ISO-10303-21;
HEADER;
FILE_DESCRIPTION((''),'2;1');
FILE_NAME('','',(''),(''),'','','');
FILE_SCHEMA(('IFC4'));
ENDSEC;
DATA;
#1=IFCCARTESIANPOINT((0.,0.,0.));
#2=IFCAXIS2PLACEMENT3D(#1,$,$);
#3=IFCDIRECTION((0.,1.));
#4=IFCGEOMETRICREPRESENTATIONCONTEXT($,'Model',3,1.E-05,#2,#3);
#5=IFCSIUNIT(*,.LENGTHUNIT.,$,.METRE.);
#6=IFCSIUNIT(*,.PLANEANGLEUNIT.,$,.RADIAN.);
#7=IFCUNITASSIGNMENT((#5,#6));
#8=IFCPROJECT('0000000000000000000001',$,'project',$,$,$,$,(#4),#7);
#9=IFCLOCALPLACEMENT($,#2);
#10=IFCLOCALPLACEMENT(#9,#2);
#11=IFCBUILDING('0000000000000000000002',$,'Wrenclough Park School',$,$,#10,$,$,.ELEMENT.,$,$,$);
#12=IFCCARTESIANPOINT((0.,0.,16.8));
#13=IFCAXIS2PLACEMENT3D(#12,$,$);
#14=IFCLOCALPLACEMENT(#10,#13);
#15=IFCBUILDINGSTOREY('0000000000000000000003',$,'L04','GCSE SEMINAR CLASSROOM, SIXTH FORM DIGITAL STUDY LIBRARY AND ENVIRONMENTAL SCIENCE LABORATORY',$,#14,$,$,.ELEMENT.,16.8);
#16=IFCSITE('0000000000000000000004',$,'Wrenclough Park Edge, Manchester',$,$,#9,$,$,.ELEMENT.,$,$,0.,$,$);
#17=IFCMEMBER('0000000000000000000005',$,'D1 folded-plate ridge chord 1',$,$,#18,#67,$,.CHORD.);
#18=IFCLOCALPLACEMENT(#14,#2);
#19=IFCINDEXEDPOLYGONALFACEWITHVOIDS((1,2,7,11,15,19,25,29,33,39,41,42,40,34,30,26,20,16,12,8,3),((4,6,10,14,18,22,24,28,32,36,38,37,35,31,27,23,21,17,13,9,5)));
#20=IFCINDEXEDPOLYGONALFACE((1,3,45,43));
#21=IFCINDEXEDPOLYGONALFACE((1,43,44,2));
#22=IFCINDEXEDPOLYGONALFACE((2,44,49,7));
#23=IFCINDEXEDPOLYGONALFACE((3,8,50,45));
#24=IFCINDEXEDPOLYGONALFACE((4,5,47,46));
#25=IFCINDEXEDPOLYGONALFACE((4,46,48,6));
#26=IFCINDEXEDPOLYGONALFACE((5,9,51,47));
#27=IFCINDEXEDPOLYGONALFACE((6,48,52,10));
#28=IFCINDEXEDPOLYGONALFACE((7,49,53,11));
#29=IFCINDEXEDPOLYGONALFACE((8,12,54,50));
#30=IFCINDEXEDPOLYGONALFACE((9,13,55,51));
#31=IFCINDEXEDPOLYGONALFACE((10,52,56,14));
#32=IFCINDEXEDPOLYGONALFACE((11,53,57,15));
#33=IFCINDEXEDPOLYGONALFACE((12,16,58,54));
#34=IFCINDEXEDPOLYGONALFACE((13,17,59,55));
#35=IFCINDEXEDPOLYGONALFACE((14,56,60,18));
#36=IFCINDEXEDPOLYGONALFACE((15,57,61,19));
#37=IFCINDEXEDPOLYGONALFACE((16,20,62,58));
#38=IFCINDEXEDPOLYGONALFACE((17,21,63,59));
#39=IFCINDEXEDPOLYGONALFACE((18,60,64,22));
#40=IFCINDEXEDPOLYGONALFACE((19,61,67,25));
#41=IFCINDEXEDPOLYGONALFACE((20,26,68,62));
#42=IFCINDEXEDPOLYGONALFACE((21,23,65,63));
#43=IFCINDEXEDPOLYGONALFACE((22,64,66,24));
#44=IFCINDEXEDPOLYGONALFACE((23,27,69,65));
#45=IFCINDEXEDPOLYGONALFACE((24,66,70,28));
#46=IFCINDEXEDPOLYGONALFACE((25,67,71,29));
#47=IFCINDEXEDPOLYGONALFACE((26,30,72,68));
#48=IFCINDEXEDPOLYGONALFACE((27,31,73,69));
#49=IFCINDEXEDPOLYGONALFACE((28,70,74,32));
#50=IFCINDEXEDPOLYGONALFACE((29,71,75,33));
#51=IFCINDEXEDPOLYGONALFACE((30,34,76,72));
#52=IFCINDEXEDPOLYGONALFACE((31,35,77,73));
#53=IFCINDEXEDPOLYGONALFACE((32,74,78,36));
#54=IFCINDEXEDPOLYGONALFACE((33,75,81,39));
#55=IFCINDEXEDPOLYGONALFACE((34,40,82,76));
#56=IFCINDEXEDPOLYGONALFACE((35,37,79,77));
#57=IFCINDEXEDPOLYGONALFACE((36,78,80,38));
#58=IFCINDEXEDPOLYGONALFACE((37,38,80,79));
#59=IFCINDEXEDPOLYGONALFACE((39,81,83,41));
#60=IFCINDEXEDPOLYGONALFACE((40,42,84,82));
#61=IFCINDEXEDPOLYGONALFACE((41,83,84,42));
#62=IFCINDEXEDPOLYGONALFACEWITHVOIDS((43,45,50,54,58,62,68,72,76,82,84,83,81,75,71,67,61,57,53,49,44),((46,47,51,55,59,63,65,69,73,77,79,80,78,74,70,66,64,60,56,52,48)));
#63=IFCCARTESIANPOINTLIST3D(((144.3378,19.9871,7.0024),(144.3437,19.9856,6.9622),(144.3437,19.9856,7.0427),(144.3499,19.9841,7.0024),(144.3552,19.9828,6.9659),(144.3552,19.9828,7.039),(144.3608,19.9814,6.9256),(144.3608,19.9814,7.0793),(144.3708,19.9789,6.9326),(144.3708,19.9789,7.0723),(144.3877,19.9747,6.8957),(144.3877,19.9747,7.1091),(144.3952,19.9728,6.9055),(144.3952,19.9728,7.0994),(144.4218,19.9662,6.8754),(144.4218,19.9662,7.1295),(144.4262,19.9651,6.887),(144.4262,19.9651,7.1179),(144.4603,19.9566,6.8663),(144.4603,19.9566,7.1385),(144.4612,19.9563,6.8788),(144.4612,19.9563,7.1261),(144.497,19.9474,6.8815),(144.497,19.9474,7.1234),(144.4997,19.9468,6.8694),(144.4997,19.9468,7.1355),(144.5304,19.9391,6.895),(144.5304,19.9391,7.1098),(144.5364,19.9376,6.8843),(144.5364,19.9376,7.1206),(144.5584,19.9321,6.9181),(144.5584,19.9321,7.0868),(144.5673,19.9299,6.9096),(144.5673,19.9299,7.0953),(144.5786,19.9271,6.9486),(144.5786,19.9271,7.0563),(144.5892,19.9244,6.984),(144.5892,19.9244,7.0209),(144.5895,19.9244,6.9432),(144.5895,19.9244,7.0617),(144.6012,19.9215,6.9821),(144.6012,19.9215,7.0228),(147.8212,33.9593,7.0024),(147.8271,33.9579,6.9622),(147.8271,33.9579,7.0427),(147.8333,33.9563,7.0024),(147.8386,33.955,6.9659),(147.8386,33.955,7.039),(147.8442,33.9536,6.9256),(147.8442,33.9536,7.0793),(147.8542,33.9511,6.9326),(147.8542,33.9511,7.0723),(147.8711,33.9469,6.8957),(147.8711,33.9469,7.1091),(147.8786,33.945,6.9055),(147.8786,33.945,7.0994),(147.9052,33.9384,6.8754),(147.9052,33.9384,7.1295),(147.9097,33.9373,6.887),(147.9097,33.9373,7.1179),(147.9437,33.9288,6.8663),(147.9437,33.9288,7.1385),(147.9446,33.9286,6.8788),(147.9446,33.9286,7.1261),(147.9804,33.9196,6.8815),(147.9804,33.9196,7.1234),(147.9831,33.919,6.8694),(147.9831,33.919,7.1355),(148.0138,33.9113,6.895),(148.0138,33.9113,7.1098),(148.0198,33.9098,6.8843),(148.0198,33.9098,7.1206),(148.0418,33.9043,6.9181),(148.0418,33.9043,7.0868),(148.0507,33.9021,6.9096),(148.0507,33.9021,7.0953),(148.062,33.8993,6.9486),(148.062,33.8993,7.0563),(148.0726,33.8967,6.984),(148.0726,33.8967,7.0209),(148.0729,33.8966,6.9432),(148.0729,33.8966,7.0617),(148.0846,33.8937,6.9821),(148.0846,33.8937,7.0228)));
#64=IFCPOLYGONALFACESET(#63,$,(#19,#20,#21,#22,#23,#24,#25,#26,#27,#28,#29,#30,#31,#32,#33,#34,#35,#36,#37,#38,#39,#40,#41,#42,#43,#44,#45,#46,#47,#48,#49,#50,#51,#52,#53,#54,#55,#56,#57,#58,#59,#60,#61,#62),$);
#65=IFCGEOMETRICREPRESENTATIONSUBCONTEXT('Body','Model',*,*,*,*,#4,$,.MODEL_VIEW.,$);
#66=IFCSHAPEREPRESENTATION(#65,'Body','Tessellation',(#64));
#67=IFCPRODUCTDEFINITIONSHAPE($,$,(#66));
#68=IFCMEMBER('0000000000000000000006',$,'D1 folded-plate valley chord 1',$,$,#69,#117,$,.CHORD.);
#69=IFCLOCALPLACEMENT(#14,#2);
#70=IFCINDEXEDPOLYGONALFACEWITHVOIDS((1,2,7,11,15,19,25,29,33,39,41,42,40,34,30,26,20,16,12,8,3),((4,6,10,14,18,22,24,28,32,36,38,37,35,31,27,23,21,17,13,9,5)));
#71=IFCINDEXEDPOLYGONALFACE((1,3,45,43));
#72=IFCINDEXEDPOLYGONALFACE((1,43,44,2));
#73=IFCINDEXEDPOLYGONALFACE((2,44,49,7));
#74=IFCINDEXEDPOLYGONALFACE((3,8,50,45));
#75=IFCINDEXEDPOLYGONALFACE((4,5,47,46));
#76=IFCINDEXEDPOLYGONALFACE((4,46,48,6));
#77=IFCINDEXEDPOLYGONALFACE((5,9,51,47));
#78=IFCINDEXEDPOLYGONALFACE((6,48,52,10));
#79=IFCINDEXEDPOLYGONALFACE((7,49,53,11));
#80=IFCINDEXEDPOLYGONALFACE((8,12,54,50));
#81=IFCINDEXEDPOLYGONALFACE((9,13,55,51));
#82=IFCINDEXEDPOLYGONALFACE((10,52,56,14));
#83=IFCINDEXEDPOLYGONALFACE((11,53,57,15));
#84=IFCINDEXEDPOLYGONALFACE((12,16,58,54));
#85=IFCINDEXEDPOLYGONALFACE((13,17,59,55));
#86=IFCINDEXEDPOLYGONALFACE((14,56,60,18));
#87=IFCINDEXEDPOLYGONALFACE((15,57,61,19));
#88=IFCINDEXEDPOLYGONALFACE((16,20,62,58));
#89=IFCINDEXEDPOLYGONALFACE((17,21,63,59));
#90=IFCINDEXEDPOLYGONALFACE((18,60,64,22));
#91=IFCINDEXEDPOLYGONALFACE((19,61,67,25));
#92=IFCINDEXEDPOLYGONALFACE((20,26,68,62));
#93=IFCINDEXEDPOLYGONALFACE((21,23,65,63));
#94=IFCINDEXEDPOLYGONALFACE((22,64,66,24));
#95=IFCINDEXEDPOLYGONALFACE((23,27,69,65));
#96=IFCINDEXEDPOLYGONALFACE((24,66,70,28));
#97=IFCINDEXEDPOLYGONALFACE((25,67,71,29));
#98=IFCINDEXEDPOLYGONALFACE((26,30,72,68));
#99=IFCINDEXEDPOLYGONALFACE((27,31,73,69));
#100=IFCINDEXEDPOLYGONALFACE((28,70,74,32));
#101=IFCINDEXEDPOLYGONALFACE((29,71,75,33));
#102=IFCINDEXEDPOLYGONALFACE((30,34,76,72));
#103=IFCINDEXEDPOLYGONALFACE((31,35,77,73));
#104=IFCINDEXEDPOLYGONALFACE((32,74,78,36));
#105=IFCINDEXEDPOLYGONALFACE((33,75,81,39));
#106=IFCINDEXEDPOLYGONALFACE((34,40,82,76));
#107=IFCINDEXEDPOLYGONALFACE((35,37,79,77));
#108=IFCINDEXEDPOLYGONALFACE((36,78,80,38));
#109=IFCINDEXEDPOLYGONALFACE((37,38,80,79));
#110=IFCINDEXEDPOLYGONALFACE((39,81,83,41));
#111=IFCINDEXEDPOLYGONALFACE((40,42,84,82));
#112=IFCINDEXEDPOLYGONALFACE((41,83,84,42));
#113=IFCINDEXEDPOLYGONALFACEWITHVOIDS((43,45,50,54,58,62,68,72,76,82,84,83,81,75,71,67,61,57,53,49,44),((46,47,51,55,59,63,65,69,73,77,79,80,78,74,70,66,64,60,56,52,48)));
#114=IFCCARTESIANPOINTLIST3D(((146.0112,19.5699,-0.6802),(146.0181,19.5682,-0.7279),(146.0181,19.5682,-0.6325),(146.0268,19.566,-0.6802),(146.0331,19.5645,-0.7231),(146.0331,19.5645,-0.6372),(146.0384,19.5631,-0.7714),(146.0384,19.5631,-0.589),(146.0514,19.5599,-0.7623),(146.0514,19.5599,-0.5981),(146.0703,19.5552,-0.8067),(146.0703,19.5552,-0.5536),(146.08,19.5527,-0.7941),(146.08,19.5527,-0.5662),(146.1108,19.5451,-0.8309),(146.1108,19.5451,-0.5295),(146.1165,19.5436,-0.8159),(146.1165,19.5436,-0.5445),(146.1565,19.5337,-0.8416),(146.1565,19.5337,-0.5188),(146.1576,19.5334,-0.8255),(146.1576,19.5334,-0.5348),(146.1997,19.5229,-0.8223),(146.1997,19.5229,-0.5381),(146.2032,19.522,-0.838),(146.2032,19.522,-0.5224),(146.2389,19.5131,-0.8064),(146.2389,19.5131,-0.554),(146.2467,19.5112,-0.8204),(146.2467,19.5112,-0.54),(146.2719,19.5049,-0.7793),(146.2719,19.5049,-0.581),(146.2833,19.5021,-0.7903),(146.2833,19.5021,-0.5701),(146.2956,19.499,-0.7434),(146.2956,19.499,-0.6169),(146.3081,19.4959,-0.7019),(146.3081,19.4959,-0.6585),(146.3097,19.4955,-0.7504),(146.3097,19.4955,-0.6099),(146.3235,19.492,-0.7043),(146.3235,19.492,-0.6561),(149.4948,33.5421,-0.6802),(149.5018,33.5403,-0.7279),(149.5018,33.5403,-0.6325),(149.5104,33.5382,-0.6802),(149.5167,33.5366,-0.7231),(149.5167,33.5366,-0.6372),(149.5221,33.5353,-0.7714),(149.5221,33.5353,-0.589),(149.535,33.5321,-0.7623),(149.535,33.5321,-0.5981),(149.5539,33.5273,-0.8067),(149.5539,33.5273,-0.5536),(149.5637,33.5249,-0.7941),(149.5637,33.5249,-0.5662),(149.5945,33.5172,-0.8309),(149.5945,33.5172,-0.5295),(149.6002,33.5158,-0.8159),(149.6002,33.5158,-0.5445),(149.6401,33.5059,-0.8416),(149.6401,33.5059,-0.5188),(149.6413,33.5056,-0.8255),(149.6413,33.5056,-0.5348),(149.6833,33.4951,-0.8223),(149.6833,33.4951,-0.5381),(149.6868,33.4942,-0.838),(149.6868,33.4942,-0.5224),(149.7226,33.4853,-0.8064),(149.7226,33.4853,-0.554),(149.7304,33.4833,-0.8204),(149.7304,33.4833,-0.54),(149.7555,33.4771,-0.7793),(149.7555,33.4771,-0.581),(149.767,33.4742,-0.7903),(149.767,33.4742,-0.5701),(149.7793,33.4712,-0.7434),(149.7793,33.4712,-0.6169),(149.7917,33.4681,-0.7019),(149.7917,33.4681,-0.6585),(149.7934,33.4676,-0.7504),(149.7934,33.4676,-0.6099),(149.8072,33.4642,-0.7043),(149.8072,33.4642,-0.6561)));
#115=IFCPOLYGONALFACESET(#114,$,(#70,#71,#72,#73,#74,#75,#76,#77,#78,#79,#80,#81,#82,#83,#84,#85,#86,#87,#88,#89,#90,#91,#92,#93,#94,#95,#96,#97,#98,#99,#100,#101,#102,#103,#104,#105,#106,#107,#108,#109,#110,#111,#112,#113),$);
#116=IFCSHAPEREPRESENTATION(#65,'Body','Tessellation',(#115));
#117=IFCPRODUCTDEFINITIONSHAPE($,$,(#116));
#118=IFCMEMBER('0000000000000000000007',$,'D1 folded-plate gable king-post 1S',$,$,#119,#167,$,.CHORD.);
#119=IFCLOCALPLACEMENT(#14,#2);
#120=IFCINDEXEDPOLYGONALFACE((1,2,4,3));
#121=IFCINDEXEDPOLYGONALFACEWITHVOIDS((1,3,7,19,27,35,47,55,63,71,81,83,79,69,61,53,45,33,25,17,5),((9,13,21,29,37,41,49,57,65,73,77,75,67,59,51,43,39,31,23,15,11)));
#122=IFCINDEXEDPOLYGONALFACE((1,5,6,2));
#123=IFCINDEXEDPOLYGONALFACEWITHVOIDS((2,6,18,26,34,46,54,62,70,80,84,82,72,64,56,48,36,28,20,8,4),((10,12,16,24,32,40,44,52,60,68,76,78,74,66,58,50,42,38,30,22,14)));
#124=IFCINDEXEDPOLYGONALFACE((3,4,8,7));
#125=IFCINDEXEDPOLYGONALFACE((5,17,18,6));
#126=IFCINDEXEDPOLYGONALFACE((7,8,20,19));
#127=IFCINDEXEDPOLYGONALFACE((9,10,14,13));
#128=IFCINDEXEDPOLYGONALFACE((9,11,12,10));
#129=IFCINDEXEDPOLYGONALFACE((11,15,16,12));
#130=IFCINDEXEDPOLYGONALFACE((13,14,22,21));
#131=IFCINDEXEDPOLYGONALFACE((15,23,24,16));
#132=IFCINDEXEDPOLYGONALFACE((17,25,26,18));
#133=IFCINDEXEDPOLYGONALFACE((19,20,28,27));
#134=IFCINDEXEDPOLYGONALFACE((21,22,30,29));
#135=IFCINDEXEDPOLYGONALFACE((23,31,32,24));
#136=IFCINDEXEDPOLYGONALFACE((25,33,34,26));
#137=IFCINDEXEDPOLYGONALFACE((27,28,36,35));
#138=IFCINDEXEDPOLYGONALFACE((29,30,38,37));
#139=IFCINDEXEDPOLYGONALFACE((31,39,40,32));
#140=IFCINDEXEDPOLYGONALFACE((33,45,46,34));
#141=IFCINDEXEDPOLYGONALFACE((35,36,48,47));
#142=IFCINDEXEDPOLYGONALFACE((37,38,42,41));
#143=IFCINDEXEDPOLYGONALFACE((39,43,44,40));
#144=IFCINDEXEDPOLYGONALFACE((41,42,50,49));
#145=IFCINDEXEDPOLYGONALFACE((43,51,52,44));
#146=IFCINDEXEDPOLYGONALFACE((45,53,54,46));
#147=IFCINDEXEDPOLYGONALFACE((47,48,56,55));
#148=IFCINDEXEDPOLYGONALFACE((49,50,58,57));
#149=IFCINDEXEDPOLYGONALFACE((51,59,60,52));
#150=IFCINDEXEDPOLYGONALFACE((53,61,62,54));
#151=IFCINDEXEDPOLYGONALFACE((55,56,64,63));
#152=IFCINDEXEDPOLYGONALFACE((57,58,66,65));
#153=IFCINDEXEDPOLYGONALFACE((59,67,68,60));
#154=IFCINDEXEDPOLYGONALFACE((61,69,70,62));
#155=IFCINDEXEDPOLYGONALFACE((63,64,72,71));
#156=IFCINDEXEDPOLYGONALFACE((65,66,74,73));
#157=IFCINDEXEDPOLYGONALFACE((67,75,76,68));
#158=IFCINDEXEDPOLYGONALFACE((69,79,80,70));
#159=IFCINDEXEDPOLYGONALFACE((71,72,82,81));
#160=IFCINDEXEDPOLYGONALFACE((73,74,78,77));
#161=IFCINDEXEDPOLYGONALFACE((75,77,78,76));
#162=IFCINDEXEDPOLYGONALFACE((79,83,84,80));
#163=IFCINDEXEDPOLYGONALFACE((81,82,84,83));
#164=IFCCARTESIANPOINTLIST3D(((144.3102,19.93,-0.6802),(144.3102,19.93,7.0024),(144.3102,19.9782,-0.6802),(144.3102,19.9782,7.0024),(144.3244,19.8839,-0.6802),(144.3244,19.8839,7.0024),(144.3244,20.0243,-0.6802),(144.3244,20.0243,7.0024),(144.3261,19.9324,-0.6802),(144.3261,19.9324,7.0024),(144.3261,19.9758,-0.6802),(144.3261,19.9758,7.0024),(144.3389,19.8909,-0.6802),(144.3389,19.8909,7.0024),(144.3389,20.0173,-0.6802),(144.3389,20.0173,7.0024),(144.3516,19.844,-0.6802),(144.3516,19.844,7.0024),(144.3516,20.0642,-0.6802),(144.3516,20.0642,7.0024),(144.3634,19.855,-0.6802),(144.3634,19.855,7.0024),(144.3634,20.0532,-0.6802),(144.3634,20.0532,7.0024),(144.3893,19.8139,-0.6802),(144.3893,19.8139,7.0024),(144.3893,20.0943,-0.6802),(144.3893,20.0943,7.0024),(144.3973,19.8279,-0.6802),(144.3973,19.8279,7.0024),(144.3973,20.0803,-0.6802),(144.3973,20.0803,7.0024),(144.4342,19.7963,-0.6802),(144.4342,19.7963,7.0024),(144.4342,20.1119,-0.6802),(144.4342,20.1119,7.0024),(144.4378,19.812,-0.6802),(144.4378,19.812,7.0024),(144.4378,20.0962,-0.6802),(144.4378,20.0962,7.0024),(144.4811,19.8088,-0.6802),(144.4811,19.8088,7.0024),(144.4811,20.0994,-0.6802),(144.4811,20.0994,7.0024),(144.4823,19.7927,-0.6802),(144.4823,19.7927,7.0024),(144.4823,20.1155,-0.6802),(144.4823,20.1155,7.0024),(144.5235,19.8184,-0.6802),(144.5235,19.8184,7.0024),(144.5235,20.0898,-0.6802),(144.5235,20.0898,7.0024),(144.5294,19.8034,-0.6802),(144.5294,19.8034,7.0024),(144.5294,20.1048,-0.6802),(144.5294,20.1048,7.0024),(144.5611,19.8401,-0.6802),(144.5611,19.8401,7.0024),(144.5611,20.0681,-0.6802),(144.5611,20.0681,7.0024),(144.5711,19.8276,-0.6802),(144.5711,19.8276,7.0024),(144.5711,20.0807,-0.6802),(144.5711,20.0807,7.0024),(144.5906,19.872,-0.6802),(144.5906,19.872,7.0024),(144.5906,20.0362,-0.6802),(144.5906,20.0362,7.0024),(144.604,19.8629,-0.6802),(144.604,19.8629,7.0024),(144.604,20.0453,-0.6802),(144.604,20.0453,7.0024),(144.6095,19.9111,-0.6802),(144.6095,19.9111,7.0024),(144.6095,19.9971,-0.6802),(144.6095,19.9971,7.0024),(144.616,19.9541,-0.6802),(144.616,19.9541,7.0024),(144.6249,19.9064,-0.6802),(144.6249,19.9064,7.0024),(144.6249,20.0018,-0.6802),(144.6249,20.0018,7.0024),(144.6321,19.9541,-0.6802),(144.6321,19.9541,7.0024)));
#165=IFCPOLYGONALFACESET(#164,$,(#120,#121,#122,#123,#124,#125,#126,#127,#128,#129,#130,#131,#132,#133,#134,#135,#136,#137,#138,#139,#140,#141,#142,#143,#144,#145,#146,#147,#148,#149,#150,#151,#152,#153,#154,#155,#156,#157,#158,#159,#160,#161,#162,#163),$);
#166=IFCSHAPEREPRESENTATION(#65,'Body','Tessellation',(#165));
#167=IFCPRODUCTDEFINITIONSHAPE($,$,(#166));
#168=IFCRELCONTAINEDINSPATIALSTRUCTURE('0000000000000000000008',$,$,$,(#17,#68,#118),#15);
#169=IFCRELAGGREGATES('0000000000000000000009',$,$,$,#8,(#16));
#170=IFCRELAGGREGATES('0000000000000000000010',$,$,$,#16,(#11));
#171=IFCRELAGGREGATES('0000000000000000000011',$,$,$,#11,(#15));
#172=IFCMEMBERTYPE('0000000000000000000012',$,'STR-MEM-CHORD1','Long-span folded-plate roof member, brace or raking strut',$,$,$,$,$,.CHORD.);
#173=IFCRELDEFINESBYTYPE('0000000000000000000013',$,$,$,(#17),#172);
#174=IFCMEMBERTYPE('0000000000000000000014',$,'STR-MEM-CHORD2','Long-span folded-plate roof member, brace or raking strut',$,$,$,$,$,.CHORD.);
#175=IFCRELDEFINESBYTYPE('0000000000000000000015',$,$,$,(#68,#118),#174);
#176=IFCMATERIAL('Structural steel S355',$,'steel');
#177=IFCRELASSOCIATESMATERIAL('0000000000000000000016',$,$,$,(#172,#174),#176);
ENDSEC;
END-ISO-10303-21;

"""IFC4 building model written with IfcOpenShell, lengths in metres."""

from ifc_helpers import new_model, si_unit, direction, frame, origin, origin_2d, place, context, subcontext, project, spatial, hollow_circle, extrude, material, material_profile, profile_set, type_object, element, save


model = new_model("IFC4")

# Units and contexts
model_context = context("Model", 3, precision=1e-05, world=origin(), true_north=direction((0.0, 1.0)))
body_context = subcontext(model_context, "Body", "Model", "MODEL_VIEW")
ifc_project = project(units=[si_unit("LENGTHUNIT", "METRE"), si_unit("PLANEANGLEUNIT", "RADIAN")], contexts=[model_context])

# Site, building, storey
site_placement = place(None, origin())
site = spatial("IfcSite", under=ifc_project, at=site_placement, Name="Wrenclough Park Edge, Manchester", CompositionType="ELEMENT", RefElevation=0.0)
building_placement = place(site_placement, origin())
building = spatial("IfcBuilding", under=site, at=building_placement, Name="Wrenclough Park School", CompositionType="ELEMENT")
storey_placement = place(building_placement, frame((0.0, 0.0, 16.8)))
storey = spatial("IfcBuildingStorey", under=building, at=storey_placement, Name="L04", Description="GCSE SEMINAR CLASSROOM, SIXTH FORM DIGITAL STUDY LIBRARY AND ENVIRONMENTAL SCIENCE LABORATORY", CompositionType="ELEMENT", Elevation=16.8)

# Shared definitions
ifc_material_1 = material(Name="Structural steel S355", Category="steel")

# Members
ifc_material_profile_1 = material_profile(ifc_material_1, hollow_circle(Radius=0.1365, WallThickness=0.0125, at=origin_2d()), Name="CHS 273.0x12.5")
ifc_profile_set_1 = profile_set([ifc_material_profile_1], Name="Structural steel S355")
member_type_1 = type_object("IfcMemberType", Name="STR-MEM-CHORD1", Description="Long-span folded-plate roof member, brace or raking strut", PredefinedType="CHORD", material=ifc_profile_set_1)
member_1_placement = place(storey_placement, frame((144.4702, 19.9541, 7.0024), z_axis=(0.241905, 0.9703, 0.0), x_axis=(-0.9703, 0.241905, 0.0)))
element("IfcMember", 1, at=member_1_placement, inside=storey, type_object=member_type_1, Name="D1 folded-plate ridge chord 1", PredefinedType="CHORD", context=body_context, shape_type="SweptSolid", body=[
    extrude(hollow_circle(Radius=0.1365, WallThickness=0.0125, at=origin_2d()), origin(), (0.0, 0.0, 1.0), 14.3999),
])
ifc_material_profile_2 = material_profile(ifc_material_1, hollow_circle(Radius=0.1619, WallThickness=0.0161, at=origin_2d()), Name="CHS 323.9x16.0")
ifc_profile_set_2 = profile_set([ifc_material_profile_2], Name="Structural steel S355")
member_type_2 = type_object("IfcMemberType", Name="STR-MEM-CHORD2", Description="Long-span folded-plate roof member, brace or raking strut", PredefinedType="CHORD", material=ifc_profile_set_2)
member_2_placement = place(storey_placement, frame((146.1682, 19.5308, -0.6802), z_axis=(0.241921, 0.970296, 0.0), x_axis=(-0.970296, 0.241921, 0.0)))
element("IfcMember", 2, at=member_2_placement, inside=storey, type_object=member_type_2, Name="D1 folded-plate valley chord 1", PredefinedType="CHORD", context=body_context, shape_type="SweptSolid", body=[
    extrude(hollow_circle(Radius=0.1619, WallThickness=0.0161, at=origin_2d()), origin(), (0.0, 0.0, 1.0), 14.3999),
])
member_3_placement = place(storey_placement, frame((144.4702, 19.9541, -0.6802), z_axis=(0.0, 0.0, 1.0), x_axis=(1.0, 0.0, 0.0)))
element("IfcMember", 3, at=member_3_placement, inside=storey, type_object=member_type_2, Name="D1 folded-plate gable king-post 1S", PredefinedType="CHORD", context=body_context, shape_type="SweptSolid", body=[
    extrude(hollow_circle(Radius=0.1619, WallThickness=0.0161, at=origin_2d()), origin(), (0.0, 0.0, 1.0), 7.6826),
])

save(model, "model.ifc")
